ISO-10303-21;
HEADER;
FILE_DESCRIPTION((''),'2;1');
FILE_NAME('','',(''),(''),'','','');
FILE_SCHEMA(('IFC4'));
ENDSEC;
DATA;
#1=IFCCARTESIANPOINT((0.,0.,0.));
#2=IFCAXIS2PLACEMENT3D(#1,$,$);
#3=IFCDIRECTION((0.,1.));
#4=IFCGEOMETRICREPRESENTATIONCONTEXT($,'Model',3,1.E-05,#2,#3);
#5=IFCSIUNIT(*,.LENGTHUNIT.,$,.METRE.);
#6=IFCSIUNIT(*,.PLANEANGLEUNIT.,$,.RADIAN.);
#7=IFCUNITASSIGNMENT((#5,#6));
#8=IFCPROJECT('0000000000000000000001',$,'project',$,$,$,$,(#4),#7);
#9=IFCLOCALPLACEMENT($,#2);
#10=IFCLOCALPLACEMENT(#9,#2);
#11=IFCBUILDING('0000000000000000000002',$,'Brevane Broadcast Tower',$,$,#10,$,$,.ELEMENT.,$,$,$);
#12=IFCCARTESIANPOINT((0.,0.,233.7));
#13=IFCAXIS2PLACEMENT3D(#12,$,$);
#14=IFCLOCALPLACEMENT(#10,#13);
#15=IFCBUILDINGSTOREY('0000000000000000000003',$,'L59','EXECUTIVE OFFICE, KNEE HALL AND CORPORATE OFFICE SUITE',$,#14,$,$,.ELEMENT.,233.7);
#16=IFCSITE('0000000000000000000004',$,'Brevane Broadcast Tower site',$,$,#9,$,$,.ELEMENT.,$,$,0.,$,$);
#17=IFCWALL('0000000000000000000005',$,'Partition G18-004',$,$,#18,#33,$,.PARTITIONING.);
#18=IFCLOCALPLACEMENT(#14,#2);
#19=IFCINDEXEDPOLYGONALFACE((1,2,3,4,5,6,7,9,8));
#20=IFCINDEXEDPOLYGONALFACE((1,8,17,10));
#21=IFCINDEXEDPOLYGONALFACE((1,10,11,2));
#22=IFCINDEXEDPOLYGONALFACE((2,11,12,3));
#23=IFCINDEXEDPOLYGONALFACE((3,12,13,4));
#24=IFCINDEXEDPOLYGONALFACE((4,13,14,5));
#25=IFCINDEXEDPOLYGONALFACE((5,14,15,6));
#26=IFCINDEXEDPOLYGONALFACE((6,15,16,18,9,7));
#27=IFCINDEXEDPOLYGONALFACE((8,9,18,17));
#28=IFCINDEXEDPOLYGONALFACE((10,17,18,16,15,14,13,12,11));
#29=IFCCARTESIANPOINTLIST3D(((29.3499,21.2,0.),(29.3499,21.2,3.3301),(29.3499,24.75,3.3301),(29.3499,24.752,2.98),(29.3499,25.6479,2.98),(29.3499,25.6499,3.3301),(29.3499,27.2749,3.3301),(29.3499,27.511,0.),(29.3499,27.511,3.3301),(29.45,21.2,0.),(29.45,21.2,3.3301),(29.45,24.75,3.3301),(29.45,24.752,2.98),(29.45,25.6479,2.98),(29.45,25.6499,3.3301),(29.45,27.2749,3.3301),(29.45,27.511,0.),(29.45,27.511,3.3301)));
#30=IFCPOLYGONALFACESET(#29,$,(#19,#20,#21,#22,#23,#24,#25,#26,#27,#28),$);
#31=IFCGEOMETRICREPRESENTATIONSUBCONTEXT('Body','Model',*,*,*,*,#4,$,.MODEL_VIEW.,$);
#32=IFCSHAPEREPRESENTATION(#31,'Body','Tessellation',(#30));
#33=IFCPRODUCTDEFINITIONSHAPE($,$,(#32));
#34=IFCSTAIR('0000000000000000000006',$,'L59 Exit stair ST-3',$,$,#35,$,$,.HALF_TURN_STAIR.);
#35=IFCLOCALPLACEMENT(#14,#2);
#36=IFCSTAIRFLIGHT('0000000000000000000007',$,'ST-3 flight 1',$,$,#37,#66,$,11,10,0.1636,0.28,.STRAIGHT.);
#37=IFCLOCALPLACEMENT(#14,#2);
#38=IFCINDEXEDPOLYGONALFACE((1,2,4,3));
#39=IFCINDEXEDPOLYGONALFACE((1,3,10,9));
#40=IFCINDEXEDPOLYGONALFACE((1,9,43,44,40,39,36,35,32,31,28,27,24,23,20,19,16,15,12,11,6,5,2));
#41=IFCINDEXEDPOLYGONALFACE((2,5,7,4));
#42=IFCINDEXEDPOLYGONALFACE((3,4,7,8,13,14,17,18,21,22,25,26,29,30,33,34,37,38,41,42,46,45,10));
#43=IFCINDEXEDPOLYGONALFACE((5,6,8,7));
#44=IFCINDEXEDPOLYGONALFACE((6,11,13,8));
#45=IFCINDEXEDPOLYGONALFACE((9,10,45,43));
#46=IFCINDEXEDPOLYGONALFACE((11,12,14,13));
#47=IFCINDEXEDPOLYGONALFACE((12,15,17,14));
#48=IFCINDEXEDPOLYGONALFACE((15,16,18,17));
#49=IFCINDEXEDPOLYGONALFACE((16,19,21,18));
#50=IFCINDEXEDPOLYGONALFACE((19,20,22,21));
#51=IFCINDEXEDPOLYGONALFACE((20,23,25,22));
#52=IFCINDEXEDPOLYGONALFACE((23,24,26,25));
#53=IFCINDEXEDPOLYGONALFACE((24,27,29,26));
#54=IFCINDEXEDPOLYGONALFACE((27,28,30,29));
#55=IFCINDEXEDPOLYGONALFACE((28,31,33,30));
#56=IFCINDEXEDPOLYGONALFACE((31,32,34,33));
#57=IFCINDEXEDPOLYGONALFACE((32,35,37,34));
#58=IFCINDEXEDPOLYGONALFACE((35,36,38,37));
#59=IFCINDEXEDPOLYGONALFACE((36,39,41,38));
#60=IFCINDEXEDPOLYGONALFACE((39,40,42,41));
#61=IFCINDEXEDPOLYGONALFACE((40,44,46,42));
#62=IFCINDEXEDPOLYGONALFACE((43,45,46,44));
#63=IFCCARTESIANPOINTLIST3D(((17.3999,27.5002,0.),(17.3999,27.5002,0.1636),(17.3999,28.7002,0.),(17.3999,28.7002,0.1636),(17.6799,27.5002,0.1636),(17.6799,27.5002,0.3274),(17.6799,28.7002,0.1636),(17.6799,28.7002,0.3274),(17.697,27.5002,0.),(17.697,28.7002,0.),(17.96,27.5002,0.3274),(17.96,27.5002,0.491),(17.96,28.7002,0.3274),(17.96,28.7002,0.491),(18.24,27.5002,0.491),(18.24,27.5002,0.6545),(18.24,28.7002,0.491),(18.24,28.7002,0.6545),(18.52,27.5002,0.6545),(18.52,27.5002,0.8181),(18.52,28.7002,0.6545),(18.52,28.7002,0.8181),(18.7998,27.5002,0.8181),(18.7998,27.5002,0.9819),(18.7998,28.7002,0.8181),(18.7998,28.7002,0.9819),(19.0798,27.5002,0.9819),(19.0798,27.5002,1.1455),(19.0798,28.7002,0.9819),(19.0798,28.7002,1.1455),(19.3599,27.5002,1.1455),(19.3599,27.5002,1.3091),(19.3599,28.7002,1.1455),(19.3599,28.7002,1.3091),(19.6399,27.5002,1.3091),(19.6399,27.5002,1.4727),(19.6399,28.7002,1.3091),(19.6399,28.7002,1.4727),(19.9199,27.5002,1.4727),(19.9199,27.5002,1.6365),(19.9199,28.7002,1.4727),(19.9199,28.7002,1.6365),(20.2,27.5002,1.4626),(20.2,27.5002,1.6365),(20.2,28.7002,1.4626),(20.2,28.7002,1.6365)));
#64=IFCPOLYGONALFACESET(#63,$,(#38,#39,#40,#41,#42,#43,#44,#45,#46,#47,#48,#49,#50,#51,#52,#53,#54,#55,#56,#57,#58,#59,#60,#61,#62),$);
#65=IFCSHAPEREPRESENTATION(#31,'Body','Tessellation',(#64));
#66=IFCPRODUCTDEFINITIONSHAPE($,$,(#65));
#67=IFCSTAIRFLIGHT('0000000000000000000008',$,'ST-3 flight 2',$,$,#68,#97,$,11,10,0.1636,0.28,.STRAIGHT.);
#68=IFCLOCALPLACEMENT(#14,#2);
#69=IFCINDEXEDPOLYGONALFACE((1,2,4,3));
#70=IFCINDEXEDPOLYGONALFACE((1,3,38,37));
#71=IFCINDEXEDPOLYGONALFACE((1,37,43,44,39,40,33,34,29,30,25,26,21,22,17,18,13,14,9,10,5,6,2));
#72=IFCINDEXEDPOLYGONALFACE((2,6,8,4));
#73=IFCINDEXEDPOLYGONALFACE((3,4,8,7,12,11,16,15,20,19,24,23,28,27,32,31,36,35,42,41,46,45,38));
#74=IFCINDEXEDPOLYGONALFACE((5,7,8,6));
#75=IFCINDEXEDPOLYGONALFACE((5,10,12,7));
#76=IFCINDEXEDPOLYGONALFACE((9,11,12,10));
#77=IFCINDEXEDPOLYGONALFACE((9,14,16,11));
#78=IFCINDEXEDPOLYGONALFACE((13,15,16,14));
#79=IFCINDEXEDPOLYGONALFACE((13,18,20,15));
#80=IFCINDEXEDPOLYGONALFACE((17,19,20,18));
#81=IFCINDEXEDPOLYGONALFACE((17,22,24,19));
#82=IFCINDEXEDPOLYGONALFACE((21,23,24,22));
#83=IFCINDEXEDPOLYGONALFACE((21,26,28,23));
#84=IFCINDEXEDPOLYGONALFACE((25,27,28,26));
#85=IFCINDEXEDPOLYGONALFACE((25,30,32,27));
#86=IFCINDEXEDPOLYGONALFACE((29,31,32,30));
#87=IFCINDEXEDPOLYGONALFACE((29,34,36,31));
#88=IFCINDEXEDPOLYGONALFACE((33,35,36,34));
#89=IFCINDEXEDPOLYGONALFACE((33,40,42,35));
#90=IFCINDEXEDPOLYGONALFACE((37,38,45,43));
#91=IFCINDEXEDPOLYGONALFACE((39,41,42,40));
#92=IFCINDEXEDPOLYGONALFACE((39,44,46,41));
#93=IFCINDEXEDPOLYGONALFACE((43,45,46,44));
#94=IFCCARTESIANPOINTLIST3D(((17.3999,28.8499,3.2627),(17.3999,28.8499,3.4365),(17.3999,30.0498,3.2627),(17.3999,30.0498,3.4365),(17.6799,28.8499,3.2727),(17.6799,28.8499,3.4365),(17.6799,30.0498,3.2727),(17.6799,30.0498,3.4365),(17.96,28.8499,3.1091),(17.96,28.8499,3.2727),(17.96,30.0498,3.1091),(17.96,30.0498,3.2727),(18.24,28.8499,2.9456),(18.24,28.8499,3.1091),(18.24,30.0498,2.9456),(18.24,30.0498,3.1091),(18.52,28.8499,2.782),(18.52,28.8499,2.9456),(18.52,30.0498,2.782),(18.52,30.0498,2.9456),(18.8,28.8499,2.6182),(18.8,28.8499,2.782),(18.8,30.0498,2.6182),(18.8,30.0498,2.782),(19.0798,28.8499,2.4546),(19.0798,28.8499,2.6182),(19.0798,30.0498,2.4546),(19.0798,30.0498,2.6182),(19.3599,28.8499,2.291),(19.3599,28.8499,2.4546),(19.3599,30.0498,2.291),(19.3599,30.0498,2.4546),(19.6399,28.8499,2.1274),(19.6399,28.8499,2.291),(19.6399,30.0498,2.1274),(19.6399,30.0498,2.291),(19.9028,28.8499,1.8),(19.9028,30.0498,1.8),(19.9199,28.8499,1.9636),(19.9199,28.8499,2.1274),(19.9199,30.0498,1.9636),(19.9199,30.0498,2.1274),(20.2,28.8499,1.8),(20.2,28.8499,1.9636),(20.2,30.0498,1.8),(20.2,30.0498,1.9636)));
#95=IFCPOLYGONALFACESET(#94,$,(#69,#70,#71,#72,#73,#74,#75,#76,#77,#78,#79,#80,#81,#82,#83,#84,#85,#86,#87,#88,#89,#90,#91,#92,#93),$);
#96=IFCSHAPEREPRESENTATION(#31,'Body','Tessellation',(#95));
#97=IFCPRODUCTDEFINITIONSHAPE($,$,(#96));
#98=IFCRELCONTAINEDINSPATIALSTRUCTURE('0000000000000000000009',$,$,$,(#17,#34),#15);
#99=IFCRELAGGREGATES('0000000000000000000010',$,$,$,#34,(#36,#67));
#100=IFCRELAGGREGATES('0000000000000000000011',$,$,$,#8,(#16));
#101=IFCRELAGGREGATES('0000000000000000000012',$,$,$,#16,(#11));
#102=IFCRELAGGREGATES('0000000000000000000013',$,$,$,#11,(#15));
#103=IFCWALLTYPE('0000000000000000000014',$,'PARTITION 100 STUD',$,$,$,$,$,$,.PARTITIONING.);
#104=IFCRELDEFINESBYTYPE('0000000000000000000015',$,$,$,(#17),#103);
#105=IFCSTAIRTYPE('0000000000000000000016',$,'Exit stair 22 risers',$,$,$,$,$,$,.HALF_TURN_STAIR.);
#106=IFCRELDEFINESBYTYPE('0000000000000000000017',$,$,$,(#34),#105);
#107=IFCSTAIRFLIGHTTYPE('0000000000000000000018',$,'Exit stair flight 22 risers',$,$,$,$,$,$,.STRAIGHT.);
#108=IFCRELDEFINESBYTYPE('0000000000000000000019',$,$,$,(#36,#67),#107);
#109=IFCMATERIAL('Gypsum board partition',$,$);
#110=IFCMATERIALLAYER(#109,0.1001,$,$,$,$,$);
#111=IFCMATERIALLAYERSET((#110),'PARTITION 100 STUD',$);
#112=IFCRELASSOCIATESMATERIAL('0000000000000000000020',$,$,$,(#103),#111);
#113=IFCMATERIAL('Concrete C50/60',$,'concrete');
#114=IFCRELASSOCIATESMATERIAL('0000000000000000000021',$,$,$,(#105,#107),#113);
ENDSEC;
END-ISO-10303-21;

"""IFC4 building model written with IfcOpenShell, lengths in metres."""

from ifc_helpers import new_model, si_unit, direction, frame, origin, place, context, subcontext, project, spatial, polyline, outline, extrude, material, layer, layer_set, type_object, element, aggregate, save


model = new_model("IFC4")

# Units and contexts
model_context = context("Model", 3, precision=1e-05, world=origin(), true_north=direction((0.0, 1.0)))
body_context = subcontext(model_context, "Body", "Model", "MODEL_VIEW")
ifc_project = project(units=[si_unit("LENGTHUNIT", "METRE"), si_unit("PLANEANGLEUNIT", "RADIAN")], contexts=[model_context])

# Site, building, storey
site_placement = place(None, origin())
site = spatial("IfcSite", under=ifc_project, at=site_placement, Name="Brevane Broadcast Tower site", CompositionType="ELEMENT", RefElevation=0.0)
building_placement = place(site_placement, origin())
building = spatial("IfcBuilding", under=site, at=building_placement, Name="Brevane Broadcast Tower", CompositionType="ELEMENT")
storey_placement = place(building_placement, frame((0.0, 0.0, 233.7)))
storey = spatial("IfcBuildingStorey", under=building, at=storey_placement, Name="L59", Description="EXECUTIVE OFFICE, KNEE HALL AND CORPORATE OFFICE SUITE", CompositionType="ELEMENT", Elevation=233.7)

# Wall
ifc_material_1 = material(Name="Concrete C50/60", Category="concrete")
ifc_material_2 = material(Name="Gypsum board partition")
ifc_layer_1 = layer(ifc_material_2, 0.1001)
ifc_layer_set_1 = layer_set([ifc_layer_1], Name="PARTITION 100 STUD")
wall_type_1 = type_object("IfcWallType", Name="PARTITION 100 STUD", PredefinedType="PARTITIONING", material=ifc_layer_set_1)
wall_1_placement = place(storey_placement, frame((29.3999, 27.511, 0.0), z_axis=(0.0, 0.0, 1.0), x_axis=(0.0, -1.0, 0.0)))
element("IfcWall", 1, at=wall_1_placement, inside=storey, type_object=wall_type_1, Name="Partition G18-004", PredefinedType="PARTITIONING", context=body_context, shape_type="SweptSolid", body=[
    extrude(outline(polyline([(0.0, 0.0), (6.311, 0.0), (6.311, 3.3301), (2.761, 3.3301), (2.759, 2.98), (1.863, 2.98), (1.8611, 3.3301), (0.2361, 3.3301), (0.0, 3.3301), (0.0, 0.0)])), frame((0.0, 0.05, 0.0), z_axis=(0.0, -1.0, 0.0), x_axis=(1.0, 0.0, 0.0)), (0.0, 0.0, 1.0), 0.1001),
])

# Stair, stair flights
stair_type = type_object("IfcStairType", Name="Exit stair 22 risers", PredefinedType="HALF_TURN_STAIR", material=ifc_material_1)
stair_placement = place(storey_placement, origin())
stair = element("IfcStair", 2, at=stair_placement, inside=storey, type_object=stair_type, Name="L59 Exit stair ST-3", PredefinedType="HALF_TURN_STAIR")
stair_flight_type = type_object("IfcStairFlightType", Name="Exit stair flight 22 risers", PredefinedType="STRAIGHT", material=ifc_material_1)
stair_flight_1_placement = place(storey_placement, frame((17.3999, 28.1001, 0.0), z_axis=(0.0, 0.0, 1.0), x_axis=(1.0, 0.0, 0.0)))
stair_flight_1 = element("IfcStairFlight", 3, at=stair_flight_1_placement, type_object=stair_flight_type, Name="ST-3 flight 1", NumberOfRisers=11, NumberOfTreads=10, PredefinedType="STRAIGHT", RiserHeight=0.1636, TreadLength=0.28, context=body_context, shape_type="SweptSolid", body=[
    extrude(outline(polyline([(0.0, 0.0), (0.0, 0.1636), (0.28, 0.1636), (0.28, 0.3274), (0.5601, 0.3274), (0.5601, 0.491), (0.8401, 0.491), (0.8401, 0.6545), (1.1201, 0.6545), (1.1201, 0.8181), (1.3999, 0.8181), (1.3999, 0.9819), (1.6799, 0.9819), (1.6799, 1.1455), (1.96, 1.1455), (1.96, 1.3091), (2.24, 1.3091), (2.24, 1.4727), (2.52, 1.4727), (2.52, 1.6365), (2.8, 1.6365), (2.8, 1.8), (2.8, 1.4626), (0.2971, 0.0), (0.0, 0.0)])), frame((0.0, 0.6001, 0.0), z_axis=(0.0, -1.0, 0.0), x_axis=(1.0, 0.0, 0.0)), (0.0, 0.0, 1.0), 1.2),
])
stair_flight_2_placement = place(storey_placement, frame((20.2, 29.45, 1.8), z_axis=(0.0, 0.0, 1.0), x_axis=(-1.0, 0.0, 0.0)))
stair_flight_2 = element("IfcStairFlight", 4, at=stair_flight_2_placement, type_object=stair_flight_type, Name="ST-3 flight 2", NumberOfRisers=11, NumberOfTreads=10, PredefinedType="STRAIGHT", RiserHeight=0.1636, TreadLength=0.28, context=body_context, shape_type="SweptSolid", body=[
    extrude(outline(polyline([(0.0, 0.0), (0.0, 0.1636), (0.28, 0.1636), (0.28, 0.3274), (0.5601, 0.3274), (0.5601, 0.491), (0.8401, 0.491), (0.8401, 0.6545), (1.1201, 0.6545), (1.1201, 0.8181), (1.3999, 0.8181), (1.3999, 0.9819), (1.6799, 0.9819), (1.6799, 1.1455), (1.96, 1.1455), (1.96, 1.3091), (2.24, 1.3091), (2.24, 1.4727), (2.52, 1.4727), (2.52, 1.6365), (2.8, 1.6365), (2.8, 1.8), (2.8, 1.4626), (0.2971, 0.0), (0.0, 0.0)])), frame((0.0, 0.6001, 0.0), z_axis=(0.0, -1.0, 0.0), x_axis=(1.0, 0.0, 0.0)), (0.0, 0.0, 1.0), 1.2),
])
aggregate(stair, [stair_flight_1, stair_flight_2])

save(model, "model.ifc")
